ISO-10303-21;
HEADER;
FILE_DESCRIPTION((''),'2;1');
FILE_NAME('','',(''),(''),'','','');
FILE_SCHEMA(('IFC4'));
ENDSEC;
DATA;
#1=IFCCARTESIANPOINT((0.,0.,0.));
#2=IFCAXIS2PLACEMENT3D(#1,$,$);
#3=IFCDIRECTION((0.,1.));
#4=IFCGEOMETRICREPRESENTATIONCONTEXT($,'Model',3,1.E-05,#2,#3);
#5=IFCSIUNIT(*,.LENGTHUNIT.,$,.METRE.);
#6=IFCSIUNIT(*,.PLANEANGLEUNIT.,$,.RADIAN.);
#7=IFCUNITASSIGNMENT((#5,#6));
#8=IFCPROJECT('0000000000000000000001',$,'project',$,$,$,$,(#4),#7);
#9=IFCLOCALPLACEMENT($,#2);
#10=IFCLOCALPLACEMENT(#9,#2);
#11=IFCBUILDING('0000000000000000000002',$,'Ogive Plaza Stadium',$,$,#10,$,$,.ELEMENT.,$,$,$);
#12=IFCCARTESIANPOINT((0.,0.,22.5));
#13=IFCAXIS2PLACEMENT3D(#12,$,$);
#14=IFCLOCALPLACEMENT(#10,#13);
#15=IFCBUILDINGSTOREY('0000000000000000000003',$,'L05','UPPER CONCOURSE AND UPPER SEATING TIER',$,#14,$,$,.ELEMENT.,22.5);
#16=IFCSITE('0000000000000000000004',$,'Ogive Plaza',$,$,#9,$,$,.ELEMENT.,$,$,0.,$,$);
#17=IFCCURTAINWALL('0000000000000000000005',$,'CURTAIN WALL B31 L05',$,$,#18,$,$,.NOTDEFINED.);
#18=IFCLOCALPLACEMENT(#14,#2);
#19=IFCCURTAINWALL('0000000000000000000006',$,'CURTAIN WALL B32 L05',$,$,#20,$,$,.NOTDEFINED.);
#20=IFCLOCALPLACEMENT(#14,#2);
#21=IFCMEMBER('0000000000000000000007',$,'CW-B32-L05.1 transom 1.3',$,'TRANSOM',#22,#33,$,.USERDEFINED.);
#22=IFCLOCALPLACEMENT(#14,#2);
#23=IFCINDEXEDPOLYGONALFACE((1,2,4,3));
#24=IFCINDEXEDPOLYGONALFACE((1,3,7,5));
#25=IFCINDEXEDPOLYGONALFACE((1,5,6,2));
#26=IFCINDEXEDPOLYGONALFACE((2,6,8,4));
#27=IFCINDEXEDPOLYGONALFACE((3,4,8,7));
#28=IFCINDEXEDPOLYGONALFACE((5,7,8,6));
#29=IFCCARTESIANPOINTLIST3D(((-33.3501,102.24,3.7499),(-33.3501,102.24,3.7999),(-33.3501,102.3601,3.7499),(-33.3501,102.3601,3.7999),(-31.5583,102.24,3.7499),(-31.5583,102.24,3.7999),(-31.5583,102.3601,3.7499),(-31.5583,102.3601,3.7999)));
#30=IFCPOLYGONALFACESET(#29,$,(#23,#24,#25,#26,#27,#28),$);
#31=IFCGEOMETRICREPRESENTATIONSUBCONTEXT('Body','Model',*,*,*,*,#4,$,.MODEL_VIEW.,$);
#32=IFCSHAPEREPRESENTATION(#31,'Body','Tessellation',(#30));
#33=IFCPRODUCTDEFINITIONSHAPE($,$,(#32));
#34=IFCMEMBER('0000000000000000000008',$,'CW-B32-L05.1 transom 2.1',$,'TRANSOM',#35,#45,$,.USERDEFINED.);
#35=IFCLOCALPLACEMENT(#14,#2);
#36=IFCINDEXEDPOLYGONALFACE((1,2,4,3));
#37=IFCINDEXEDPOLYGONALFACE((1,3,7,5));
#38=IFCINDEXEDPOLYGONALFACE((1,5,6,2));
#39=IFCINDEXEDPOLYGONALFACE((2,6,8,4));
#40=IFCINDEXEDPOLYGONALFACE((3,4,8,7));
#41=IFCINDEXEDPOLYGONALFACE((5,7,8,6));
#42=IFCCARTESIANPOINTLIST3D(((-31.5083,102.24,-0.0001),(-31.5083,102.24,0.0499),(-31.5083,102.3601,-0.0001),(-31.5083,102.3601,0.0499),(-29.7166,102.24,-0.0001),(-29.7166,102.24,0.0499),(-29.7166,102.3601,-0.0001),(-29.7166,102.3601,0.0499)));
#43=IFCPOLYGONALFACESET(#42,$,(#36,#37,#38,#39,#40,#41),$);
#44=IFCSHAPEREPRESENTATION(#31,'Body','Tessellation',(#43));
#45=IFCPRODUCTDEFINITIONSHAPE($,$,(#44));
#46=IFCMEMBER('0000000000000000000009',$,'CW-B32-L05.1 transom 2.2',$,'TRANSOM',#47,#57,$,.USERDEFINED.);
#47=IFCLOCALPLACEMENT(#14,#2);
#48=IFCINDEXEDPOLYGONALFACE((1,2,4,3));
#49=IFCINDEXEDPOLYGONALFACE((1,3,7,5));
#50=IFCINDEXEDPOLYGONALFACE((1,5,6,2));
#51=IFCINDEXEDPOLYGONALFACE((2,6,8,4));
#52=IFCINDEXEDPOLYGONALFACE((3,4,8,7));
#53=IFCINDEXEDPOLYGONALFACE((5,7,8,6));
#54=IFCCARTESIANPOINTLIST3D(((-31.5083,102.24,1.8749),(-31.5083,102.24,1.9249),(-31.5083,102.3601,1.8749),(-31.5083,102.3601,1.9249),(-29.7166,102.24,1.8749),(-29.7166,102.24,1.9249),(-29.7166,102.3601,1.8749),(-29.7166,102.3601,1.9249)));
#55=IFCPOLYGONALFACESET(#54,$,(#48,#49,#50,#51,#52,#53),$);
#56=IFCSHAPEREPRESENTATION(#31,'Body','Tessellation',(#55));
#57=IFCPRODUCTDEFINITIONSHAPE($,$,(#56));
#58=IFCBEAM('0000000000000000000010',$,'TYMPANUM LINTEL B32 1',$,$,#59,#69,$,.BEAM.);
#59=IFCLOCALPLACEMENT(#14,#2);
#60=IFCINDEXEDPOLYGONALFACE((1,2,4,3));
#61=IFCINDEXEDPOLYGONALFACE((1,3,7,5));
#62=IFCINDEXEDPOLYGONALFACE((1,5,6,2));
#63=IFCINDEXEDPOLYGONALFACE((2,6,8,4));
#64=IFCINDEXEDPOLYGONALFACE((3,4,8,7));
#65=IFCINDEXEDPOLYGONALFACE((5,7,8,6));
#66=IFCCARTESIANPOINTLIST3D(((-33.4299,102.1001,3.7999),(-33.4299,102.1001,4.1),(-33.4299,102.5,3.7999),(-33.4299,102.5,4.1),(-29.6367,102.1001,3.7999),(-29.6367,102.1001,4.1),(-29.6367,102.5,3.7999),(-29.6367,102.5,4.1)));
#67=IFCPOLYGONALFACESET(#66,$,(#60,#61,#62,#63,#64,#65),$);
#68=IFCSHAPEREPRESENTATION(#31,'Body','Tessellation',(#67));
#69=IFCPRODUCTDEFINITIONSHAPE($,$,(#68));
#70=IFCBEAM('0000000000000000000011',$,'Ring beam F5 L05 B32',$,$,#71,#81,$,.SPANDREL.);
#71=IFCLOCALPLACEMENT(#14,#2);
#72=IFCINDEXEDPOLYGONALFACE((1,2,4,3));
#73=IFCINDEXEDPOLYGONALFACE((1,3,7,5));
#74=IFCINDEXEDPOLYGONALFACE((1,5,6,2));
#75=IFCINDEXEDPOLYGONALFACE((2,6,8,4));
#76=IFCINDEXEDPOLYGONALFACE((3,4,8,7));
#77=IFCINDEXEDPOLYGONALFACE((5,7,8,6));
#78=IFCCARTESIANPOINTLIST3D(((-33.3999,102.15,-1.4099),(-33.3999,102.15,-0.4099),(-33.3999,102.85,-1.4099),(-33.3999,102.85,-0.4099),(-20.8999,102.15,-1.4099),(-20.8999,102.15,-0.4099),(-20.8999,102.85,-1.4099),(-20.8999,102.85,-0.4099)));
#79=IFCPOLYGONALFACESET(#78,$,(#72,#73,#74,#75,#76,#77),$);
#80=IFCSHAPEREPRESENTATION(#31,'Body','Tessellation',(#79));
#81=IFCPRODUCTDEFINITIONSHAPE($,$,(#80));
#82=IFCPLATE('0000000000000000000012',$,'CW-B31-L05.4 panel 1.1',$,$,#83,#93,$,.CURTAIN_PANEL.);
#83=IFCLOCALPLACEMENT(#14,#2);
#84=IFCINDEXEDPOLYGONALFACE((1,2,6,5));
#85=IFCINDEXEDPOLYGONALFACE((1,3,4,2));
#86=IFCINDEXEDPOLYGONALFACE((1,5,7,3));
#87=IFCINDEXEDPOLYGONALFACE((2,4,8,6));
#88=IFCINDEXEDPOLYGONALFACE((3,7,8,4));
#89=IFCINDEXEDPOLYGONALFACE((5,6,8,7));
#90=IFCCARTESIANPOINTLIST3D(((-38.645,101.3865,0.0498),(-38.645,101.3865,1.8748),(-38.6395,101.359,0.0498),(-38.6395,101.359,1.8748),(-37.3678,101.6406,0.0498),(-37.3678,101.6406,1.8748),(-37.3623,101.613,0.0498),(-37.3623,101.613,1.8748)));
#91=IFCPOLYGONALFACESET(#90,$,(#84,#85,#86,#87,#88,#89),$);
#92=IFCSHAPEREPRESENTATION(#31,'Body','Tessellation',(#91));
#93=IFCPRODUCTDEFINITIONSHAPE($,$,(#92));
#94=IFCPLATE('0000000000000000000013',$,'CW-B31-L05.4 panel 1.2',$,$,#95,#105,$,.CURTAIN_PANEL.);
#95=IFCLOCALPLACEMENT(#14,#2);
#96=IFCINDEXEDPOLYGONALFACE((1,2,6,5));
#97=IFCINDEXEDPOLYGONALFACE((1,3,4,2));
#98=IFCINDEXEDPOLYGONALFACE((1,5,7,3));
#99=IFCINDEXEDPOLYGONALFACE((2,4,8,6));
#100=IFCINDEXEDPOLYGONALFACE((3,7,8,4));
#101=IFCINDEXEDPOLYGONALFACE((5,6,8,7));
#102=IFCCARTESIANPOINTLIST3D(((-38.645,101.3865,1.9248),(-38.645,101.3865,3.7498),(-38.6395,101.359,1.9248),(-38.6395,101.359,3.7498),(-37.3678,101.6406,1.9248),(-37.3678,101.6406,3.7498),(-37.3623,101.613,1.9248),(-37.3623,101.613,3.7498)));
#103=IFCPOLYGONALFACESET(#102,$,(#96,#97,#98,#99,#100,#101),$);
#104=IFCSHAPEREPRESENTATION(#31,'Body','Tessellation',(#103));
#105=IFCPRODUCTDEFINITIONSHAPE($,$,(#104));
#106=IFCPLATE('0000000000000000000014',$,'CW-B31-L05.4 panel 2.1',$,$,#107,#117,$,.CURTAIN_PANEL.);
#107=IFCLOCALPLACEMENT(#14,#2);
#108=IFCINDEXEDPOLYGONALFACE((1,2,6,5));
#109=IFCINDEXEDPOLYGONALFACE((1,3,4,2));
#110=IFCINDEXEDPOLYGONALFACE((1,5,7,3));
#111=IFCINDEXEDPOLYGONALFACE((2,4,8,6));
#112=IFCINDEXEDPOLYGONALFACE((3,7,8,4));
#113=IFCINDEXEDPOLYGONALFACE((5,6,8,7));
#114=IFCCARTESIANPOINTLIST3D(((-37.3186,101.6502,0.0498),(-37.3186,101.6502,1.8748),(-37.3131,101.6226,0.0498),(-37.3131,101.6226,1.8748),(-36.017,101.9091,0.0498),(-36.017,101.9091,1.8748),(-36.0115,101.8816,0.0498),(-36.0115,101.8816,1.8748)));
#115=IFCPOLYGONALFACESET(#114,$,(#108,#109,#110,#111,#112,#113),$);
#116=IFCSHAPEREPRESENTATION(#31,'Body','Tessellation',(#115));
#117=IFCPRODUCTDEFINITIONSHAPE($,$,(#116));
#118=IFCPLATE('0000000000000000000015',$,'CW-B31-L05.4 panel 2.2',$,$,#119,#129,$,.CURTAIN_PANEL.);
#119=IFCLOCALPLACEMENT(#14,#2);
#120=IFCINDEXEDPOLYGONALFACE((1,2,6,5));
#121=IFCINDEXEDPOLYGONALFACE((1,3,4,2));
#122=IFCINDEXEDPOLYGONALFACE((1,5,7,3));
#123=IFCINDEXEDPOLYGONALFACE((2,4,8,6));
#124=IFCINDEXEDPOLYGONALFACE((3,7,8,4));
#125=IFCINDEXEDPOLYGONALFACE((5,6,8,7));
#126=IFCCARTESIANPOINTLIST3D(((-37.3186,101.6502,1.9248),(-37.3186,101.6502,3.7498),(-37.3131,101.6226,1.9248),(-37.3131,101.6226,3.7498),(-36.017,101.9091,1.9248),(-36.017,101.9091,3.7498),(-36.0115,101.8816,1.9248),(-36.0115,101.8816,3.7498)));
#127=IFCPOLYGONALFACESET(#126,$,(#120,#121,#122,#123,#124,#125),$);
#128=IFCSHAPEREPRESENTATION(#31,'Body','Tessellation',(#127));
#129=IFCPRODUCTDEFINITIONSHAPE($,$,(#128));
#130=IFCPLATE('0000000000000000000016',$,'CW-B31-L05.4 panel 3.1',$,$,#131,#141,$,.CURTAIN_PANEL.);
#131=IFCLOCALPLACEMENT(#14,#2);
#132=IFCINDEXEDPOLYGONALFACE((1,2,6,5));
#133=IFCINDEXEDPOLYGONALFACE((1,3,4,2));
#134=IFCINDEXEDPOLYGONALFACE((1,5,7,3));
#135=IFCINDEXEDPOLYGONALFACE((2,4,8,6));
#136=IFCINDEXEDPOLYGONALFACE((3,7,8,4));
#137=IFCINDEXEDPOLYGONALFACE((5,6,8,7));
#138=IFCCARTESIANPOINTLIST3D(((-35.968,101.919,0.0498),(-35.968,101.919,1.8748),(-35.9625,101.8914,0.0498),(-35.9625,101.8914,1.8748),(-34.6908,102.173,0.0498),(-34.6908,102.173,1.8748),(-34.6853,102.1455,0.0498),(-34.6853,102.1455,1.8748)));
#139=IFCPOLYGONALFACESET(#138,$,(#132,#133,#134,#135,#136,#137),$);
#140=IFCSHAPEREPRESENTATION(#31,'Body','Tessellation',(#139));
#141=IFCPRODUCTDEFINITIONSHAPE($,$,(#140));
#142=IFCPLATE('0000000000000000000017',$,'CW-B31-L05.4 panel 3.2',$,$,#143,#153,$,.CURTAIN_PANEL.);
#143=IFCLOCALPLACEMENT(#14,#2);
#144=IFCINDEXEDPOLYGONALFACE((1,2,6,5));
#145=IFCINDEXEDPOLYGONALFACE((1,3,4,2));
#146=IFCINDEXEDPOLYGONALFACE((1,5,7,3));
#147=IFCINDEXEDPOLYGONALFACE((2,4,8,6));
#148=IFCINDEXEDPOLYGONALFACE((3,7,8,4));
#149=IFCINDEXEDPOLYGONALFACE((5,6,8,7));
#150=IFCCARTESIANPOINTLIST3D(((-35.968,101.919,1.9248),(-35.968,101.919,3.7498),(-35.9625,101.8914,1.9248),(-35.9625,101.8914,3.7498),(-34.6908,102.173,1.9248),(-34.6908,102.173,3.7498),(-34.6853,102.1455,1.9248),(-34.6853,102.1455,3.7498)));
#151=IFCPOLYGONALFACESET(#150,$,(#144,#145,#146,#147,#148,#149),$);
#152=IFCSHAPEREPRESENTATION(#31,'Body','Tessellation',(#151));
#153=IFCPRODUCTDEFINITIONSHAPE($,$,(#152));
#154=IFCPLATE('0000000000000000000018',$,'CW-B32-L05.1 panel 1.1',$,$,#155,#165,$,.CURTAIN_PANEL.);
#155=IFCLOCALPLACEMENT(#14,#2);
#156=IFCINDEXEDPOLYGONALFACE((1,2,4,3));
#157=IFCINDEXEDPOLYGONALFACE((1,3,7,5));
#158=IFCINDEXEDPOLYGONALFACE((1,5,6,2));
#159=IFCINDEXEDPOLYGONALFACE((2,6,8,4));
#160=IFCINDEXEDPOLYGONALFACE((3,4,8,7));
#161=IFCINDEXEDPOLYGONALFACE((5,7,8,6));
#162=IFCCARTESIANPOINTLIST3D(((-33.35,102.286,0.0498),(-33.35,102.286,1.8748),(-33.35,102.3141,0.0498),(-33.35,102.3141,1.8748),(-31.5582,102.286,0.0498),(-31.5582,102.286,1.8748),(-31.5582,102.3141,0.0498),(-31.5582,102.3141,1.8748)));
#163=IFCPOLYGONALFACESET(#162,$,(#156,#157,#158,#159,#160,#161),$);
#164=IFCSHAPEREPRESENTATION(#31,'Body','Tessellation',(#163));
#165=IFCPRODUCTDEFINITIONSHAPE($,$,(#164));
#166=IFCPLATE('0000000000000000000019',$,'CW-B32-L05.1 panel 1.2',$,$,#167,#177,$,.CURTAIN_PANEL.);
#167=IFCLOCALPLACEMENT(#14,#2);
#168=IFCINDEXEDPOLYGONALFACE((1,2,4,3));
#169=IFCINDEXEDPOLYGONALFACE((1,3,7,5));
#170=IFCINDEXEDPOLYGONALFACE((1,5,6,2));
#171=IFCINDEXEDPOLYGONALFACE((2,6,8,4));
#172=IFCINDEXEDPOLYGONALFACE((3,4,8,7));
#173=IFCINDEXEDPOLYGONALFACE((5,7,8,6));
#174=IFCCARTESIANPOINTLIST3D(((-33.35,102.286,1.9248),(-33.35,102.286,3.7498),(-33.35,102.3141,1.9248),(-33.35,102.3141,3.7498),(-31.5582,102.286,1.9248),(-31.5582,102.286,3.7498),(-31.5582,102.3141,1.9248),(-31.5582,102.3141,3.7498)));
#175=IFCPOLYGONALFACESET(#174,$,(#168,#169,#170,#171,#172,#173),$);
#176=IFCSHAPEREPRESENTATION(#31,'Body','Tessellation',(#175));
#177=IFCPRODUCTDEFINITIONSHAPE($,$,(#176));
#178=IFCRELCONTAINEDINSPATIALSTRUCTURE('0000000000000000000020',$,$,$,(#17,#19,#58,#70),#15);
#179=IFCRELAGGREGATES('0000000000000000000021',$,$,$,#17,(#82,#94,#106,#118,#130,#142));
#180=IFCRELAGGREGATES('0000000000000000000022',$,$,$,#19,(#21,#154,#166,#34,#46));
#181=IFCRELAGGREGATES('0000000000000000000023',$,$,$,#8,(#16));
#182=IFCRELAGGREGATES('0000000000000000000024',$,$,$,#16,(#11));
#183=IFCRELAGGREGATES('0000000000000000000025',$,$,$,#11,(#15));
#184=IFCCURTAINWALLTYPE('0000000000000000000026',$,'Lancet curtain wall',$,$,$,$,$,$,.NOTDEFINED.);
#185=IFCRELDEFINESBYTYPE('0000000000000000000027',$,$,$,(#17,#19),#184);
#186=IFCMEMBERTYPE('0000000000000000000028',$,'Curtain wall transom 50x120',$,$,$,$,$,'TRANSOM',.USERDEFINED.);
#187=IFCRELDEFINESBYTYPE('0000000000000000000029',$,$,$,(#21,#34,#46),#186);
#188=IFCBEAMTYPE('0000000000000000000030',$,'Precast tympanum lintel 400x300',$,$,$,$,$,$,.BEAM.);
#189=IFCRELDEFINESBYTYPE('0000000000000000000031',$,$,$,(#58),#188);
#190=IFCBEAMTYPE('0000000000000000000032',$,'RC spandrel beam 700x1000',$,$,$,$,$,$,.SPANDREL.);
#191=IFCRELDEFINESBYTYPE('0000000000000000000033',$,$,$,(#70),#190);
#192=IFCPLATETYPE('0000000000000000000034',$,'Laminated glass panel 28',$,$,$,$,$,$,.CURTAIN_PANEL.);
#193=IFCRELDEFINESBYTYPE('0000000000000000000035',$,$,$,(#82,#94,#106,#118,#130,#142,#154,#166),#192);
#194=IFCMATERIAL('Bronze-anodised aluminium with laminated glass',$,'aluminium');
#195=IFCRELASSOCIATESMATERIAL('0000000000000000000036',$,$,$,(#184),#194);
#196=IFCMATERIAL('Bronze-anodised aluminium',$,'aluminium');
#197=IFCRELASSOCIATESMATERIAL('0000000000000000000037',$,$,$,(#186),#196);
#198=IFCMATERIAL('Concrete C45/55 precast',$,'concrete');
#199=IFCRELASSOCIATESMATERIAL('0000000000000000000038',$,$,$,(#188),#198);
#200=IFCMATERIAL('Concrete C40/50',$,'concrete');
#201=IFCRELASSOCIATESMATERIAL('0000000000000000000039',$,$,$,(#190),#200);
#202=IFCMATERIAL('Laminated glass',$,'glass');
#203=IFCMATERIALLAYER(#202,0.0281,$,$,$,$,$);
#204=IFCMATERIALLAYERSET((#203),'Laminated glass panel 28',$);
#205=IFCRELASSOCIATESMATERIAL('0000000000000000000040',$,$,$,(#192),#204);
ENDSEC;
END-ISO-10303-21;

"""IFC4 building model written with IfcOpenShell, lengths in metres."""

from ifc_helpers import new_model, si_unit, direction, frame, origin, origin_2d, place, context, subcontext, project, spatial, rectangle, extrude, material, layer, layer_set, material_profile, profile_set, type_object, element, aggregate, save


model = new_model("IFC4")

# Units and contexts
model_context = context("Model", 3, precision=1e-05, world=origin(), true_north=direction((0.0, 1.0)))
body_context = subcontext(model_context, "Body", "Model", "MODEL_VIEW")
ifc_project = project(units=[si_unit("LENGTHUNIT", "METRE"), si_unit("PLANEANGLEUNIT", "RADIAN")], contexts=[model_context])

# Site, building, storey
site_placement = place(None, origin())
site = spatial("IfcSite", under=ifc_project, at=site_placement, Name="Ogive Plaza", CompositionType="ELEMENT", RefElevation=0.0)
building_placement = place(site_placement, origin())
building = spatial("IfcBuilding", under=site, at=building_placement, Name="Ogive Plaza Stadium", CompositionType="ELEMENT")
storey_placement = place(building_placement, frame((0.0, 0.0, 22.5)))
storey = spatial("IfcBuildingStorey", under=building, at=storey_placement, Name="L05", Description="UPPER CONCOURSE AND UPPER SEATING TIER", CompositionType="ELEMENT", Elevation=22.5)

# Curtain walls
ifc_material_1 = material(Name="Bronze-anodised aluminium with laminated glass", Category="aluminium")
curtain_wall_type = type_object("IfcCurtainWallType", Name="Lancet curtain wall", PredefinedType="NOTDEFINED", material=ifc_material_1)
curtain_wall_1_placement = place(storey_placement, origin())
curtain_wall_1 = element("IfcCurtainWall", 1, at=curtain_wall_1_placement, inside=storey, type_object=curtain_wall_type, Name="CURTAIN WALL B31 L05", PredefinedType="NOTDEFINED")
curtain_wall_2_placement = place(storey_placement, origin())
curtain_wall_2 = element("IfcCurtainWall", 2, at=curtain_wall_2_placement, inside=storey, type_object=curtain_wall_type, Name="CURTAIN WALL B32 L05", PredefinedType="NOTDEFINED")

# Members
ifc_material_2 = material(Name="Bronze-anodised aluminium", Category="aluminium")
ifc_material_profile_1 = material_profile(ifc_material_2, rectangle(XDim=0.1201, YDim=0.05, at=origin_2d()), Name="AL 120x50")
ifc_profile_set_1 = profile_set([ifc_material_profile_1], Name="Bronze-anodised aluminium")
member_type_1 = type_object("IfcMemberType", Name="Curtain wall transom 50x120", ElementType="TRANSOM", PredefinedType="USERDEFINED", material=ifc_profile_set_1)
member_1_placement = place(storey_placement, frame((-33.3501, 102.3, 3.7749), z_axis=(1.0, 0.0, 0.0), x_axis=(0.0, 1.0, 0.0)))
member_1 = element("IfcMember", 3, at=member_1_placement, type_object=member_type_1, Name="CW-B32-L05.1 transom 1.3", ObjectType="TRANSOM", PredefinedType="USERDEFINED", context=body_context, shape_type="SweptSolid", body=[
    extrude(rectangle(XDim=0.1201, YDim=0.05, at=origin_2d()), origin(), (0.0, 0.0, 1.0), 1.7917),
])
member_2_placement = place(storey_placement, frame((-31.5083, 102.3, 0.0249), z_axis=(1.0, 0.0, 0.0), x_axis=(0.0, 1.0, 0.0)))
member_2 = element("IfcMember", 4, at=member_2_placement, type_object=member_type_1, Name="CW-B32-L05.1 transom 2.1", ObjectType="TRANSOM", PredefinedType="USERDEFINED", context=body_context, shape_type="SweptSolid", body=[
    extrude(rectangle(XDim=0.1201, YDim=0.05, at=origin_2d()), origin(), (0.0, 0.0, 1.0), 1.7917),
])
member_3_placement = place(storey_placement, frame((-31.5083, 102.3, 1.8999), z_axis=(1.0, 0.0, 0.0), x_axis=(0.0, 1.0, 0.0)))
member_3 = element("IfcMember", 5, at=member_3_placement, type_object=member_type_1, Name="CW-B32-L05.1 transom 2.2", ObjectType="TRANSOM", PredefinedType="USERDEFINED", context=body_context, shape_type="SweptSolid", body=[
    extrude(rectangle(XDim=0.1201, YDim=0.05, at=origin_2d()), origin(), (0.0, 0.0, 1.0), 1.7917),
])

# Beams
ifc_material_3 = material(Name="Concrete C45/55 precast", Category="concrete")
ifc_material_profile_2 = material_profile(ifc_material_3, rectangle(XDim=0.3999, YDim=0.3, at=origin_2d()), Name="RC 400x300")
ifc_profile_set_2 = profile_set([ifc_material_profile_2], Name="Concrete C45/55 precast")
beam_type_1 = type_object("IfcBeamType", Name="Precast tympanum lintel 400x300", PredefinedType="BEAM", material=ifc_profile_set_2)
beam_1_placement = place(storey_placement, frame((-33.4299, 102.3, 3.95), z_axis=(1.0, 0.0, 0.0), x_axis=(0.0, 1.0, 0.0)))
element("IfcBeam", 6, at=beam_1_placement, inside=storey, type_object=beam_type_1, Name="TYMPANUM LINTEL B32 1", PredefinedType="BEAM", context=body_context, shape_type="SweptSolid", body=[
    extrude(rectangle(XDim=0.3999, YDim=0.3, at=origin_2d()), origin(), (0.0, 0.0, 1.0), 3.7932),
])
ifc_material_4 = material(Name="Concrete C40/50", Category="concrete")
ifc_material_profile_3 = material_profile(ifc_material_4, rectangle(XDim=0.7, YDim=1.0, at=origin_2d()), Name="RC 700x1000")
ifc_profile_set_3 = profile_set([ifc_material_profile_3], Name="Concrete C40/50")
beam_type_2 = type_object("IfcBeamType", Name="RC spandrel beam 700x1000", PredefinedType="SPANDREL", material=ifc_profile_set_3)
beam_2_placement = place(storey_placement, frame((-33.3999, 102.5, -0.9099), z_axis=(1.0, 0.0, 0.0), x_axis=(0.0, 1.0, 0.0)))
element("IfcBeam", 7, at=beam_2_placement, inside=storey, type_object=beam_type_2, Name="Ring beam F5 L05 B32", PredefinedType="SPANDREL", context=body_context, shape_type="SweptSolid", body=[
    extrude(rectangle(XDim=0.7, YDim=1.0, at=origin_2d()), origin(), (0.0, 0.0, 1.0), 12.5),
])

# Plates
ifc_material_5 = material(Name="Laminated glass", Category="glass")
ifc_layer_1 = layer(ifc_material_5, 0.0281)
ifc_layer_set_1 = layer_set([ifc_layer_1], Name="Laminated glass panel 28")
plate_type = type_object("IfcPlateType", Name="Laminated glass panel 28", PredefinedType="CURTAIN_PANEL", material=ifc_layer_set_1)
plate_1_placement = place(storey_placement, frame((-38.0037, 101.4998, 0.0498), z_axis=(0.0, 0.0, 1.0), x_axis=(0.980785, 0.19509, 0.0)))
plate_1 = element("IfcPlate", 8, at=plate_1_placement, type_object=plate_type, Name="CW-B31-L05.4 panel 1.1", PredefinedType="CURTAIN_PANEL", context=body_context, shape_type="SweptSolid", body=[
    extrude(rectangle(XDim=1.3022, YDim=0.0281, at=origin_2d()), origin(), (0.0, 0.0, 1.0), 1.825),
])
plate_2_placement = place(storey_placement, frame((-38.0037, 101.4998, 1.9248), z_axis=(0.0, 0.0, 1.0), x_axis=(0.980785, 0.19509, 0.0)))
plate_2 = element("IfcPlate", 9, at=plate_2_placement, type_object=plate_type, Name="CW-B31-L05.4 panel 1.2", PredefinedType="CURTAIN_PANEL", context=body_context, shape_type="SweptSolid", body=[
    extrude(rectangle(XDim=1.3022, YDim=0.0281, at=origin_2d()), origin(), (0.0, 0.0, 1.0), 1.825),
])
plate_3_placement = place(storey_placement, frame((-36.665, 101.7659, 0.0498), z_axis=(0.0, 0.0, 1.0), x_axis=(0.980785, 0.19509, 0.0)))
plate_3 = element("IfcPlate", 10, at=plate_3_placement, type_object=plate_type, Name="CW-B31-L05.4 panel 2.1", PredefinedType="CURTAIN_PANEL", context=body_context, shape_type="SweptSolid", body=[
    extrude(rectangle(XDim=1.3271, YDim=0.0281, at=origin_2d()), origin(), (0.0, 0.0, 1.0), 1.825),
])
plate_4_placement = place(storey_placement, frame((-36.665, 101.7659, 1.9248), z_axis=(0.0, 0.0, 1.0), x_axis=(0.980785, 0.19509, 0.0)))
plate_4 = element("IfcPlate", 11, at=plate_4_placement, type_object=plate_type, Name="CW-B31-L05.4 panel 2.2", PredefinedType="CURTAIN_PANEL", context=body_context, shape_type="SweptSolid", body=[
    extrude(rectangle(XDim=1.3271, YDim=0.0281, at=origin_2d()), origin(), (0.0, 0.0, 1.0), 1.825),
])
plate_5_placement = place(storey_placement, frame((-35.3267, 102.0322, 0.0498), z_axis=(0.0, 0.0, 1.0), x_axis=(0.980785, 0.19509, 0.0)))
plate_5 = element("IfcPlate", 12, at=plate_5_placement, type_object=plate_type, Name="CW-B31-L05.4 panel 3.1", PredefinedType="CURTAIN_PANEL", context=body_context, shape_type="SweptSolid", body=[
    extrude(rectangle(XDim=1.3022, YDim=0.0281, at=origin_2d()), origin(), (0.0, 0.0, 1.0), 1.825),
])
plate_6_placement = place(storey_placement, frame((-35.3267, 102.0322, 1.9248), z_axis=(0.0, 0.0, 1.0), x_axis=(0.980785, 0.19509, 0.0)))
plate_6 = element("IfcPlate", 13, at=plate_6_placement, type_object=plate_type, Name="CW-B31-L05.4 panel 3.2", PredefinedType="CURTAIN_PANEL", context=body_context, shape_type="SweptSolid", body=[
    extrude(rectangle(XDim=1.3022, YDim=0.0281, at=origin_2d()), origin(), (0.0, 0.0, 1.0), 1.825),
])
aggregate(curtain_wall_1, [plate_1, plate_2, plate_3, plate_4, plate_5, plate_6])
plate_7_placement = place(storey_placement, frame((-32.4541, 102.3, 0.0498), z_axis=(0.0, 0.0, 1.0), x_axis=(1.0, 0.0, 0.0)))
plate_7 = element("IfcPlate", 14, at=plate_7_placement, type_object=plate_type, Name="CW-B32-L05.1 panel 1.1", PredefinedType="CURTAIN_PANEL", context=body_context, shape_type="SweptSolid", body=[
    extrude(rectangle(XDim=1.7917, YDim=0.0281, at=origin_2d()), origin(), (0.0, 0.0, 1.0), 1.825),
])
plate_8_placement = place(storey_placement, frame((-32.4541, 102.3, 1.9248), z_axis=(0.0, 0.0, 1.0), x_axis=(1.0, 0.0, 0.0)))
plate_8 = element("IfcPlate", 15, at=plate_8_placement, type_object=plate_type, Name="CW-B32-L05.1 panel 1.2", PredefinedType="CURTAIN_PANEL", context=body_context, shape_type="SweptSolid", body=[
    extrude(rectangle(XDim=1.7917, YDim=0.0281, at=origin_2d()), origin(), (0.0, 0.0, 1.0), 1.825),
])
aggregate(curtain_wall_2, [member_1, plate_7, plate_8, member_2, member_3])

save(model, "model.ifc")
